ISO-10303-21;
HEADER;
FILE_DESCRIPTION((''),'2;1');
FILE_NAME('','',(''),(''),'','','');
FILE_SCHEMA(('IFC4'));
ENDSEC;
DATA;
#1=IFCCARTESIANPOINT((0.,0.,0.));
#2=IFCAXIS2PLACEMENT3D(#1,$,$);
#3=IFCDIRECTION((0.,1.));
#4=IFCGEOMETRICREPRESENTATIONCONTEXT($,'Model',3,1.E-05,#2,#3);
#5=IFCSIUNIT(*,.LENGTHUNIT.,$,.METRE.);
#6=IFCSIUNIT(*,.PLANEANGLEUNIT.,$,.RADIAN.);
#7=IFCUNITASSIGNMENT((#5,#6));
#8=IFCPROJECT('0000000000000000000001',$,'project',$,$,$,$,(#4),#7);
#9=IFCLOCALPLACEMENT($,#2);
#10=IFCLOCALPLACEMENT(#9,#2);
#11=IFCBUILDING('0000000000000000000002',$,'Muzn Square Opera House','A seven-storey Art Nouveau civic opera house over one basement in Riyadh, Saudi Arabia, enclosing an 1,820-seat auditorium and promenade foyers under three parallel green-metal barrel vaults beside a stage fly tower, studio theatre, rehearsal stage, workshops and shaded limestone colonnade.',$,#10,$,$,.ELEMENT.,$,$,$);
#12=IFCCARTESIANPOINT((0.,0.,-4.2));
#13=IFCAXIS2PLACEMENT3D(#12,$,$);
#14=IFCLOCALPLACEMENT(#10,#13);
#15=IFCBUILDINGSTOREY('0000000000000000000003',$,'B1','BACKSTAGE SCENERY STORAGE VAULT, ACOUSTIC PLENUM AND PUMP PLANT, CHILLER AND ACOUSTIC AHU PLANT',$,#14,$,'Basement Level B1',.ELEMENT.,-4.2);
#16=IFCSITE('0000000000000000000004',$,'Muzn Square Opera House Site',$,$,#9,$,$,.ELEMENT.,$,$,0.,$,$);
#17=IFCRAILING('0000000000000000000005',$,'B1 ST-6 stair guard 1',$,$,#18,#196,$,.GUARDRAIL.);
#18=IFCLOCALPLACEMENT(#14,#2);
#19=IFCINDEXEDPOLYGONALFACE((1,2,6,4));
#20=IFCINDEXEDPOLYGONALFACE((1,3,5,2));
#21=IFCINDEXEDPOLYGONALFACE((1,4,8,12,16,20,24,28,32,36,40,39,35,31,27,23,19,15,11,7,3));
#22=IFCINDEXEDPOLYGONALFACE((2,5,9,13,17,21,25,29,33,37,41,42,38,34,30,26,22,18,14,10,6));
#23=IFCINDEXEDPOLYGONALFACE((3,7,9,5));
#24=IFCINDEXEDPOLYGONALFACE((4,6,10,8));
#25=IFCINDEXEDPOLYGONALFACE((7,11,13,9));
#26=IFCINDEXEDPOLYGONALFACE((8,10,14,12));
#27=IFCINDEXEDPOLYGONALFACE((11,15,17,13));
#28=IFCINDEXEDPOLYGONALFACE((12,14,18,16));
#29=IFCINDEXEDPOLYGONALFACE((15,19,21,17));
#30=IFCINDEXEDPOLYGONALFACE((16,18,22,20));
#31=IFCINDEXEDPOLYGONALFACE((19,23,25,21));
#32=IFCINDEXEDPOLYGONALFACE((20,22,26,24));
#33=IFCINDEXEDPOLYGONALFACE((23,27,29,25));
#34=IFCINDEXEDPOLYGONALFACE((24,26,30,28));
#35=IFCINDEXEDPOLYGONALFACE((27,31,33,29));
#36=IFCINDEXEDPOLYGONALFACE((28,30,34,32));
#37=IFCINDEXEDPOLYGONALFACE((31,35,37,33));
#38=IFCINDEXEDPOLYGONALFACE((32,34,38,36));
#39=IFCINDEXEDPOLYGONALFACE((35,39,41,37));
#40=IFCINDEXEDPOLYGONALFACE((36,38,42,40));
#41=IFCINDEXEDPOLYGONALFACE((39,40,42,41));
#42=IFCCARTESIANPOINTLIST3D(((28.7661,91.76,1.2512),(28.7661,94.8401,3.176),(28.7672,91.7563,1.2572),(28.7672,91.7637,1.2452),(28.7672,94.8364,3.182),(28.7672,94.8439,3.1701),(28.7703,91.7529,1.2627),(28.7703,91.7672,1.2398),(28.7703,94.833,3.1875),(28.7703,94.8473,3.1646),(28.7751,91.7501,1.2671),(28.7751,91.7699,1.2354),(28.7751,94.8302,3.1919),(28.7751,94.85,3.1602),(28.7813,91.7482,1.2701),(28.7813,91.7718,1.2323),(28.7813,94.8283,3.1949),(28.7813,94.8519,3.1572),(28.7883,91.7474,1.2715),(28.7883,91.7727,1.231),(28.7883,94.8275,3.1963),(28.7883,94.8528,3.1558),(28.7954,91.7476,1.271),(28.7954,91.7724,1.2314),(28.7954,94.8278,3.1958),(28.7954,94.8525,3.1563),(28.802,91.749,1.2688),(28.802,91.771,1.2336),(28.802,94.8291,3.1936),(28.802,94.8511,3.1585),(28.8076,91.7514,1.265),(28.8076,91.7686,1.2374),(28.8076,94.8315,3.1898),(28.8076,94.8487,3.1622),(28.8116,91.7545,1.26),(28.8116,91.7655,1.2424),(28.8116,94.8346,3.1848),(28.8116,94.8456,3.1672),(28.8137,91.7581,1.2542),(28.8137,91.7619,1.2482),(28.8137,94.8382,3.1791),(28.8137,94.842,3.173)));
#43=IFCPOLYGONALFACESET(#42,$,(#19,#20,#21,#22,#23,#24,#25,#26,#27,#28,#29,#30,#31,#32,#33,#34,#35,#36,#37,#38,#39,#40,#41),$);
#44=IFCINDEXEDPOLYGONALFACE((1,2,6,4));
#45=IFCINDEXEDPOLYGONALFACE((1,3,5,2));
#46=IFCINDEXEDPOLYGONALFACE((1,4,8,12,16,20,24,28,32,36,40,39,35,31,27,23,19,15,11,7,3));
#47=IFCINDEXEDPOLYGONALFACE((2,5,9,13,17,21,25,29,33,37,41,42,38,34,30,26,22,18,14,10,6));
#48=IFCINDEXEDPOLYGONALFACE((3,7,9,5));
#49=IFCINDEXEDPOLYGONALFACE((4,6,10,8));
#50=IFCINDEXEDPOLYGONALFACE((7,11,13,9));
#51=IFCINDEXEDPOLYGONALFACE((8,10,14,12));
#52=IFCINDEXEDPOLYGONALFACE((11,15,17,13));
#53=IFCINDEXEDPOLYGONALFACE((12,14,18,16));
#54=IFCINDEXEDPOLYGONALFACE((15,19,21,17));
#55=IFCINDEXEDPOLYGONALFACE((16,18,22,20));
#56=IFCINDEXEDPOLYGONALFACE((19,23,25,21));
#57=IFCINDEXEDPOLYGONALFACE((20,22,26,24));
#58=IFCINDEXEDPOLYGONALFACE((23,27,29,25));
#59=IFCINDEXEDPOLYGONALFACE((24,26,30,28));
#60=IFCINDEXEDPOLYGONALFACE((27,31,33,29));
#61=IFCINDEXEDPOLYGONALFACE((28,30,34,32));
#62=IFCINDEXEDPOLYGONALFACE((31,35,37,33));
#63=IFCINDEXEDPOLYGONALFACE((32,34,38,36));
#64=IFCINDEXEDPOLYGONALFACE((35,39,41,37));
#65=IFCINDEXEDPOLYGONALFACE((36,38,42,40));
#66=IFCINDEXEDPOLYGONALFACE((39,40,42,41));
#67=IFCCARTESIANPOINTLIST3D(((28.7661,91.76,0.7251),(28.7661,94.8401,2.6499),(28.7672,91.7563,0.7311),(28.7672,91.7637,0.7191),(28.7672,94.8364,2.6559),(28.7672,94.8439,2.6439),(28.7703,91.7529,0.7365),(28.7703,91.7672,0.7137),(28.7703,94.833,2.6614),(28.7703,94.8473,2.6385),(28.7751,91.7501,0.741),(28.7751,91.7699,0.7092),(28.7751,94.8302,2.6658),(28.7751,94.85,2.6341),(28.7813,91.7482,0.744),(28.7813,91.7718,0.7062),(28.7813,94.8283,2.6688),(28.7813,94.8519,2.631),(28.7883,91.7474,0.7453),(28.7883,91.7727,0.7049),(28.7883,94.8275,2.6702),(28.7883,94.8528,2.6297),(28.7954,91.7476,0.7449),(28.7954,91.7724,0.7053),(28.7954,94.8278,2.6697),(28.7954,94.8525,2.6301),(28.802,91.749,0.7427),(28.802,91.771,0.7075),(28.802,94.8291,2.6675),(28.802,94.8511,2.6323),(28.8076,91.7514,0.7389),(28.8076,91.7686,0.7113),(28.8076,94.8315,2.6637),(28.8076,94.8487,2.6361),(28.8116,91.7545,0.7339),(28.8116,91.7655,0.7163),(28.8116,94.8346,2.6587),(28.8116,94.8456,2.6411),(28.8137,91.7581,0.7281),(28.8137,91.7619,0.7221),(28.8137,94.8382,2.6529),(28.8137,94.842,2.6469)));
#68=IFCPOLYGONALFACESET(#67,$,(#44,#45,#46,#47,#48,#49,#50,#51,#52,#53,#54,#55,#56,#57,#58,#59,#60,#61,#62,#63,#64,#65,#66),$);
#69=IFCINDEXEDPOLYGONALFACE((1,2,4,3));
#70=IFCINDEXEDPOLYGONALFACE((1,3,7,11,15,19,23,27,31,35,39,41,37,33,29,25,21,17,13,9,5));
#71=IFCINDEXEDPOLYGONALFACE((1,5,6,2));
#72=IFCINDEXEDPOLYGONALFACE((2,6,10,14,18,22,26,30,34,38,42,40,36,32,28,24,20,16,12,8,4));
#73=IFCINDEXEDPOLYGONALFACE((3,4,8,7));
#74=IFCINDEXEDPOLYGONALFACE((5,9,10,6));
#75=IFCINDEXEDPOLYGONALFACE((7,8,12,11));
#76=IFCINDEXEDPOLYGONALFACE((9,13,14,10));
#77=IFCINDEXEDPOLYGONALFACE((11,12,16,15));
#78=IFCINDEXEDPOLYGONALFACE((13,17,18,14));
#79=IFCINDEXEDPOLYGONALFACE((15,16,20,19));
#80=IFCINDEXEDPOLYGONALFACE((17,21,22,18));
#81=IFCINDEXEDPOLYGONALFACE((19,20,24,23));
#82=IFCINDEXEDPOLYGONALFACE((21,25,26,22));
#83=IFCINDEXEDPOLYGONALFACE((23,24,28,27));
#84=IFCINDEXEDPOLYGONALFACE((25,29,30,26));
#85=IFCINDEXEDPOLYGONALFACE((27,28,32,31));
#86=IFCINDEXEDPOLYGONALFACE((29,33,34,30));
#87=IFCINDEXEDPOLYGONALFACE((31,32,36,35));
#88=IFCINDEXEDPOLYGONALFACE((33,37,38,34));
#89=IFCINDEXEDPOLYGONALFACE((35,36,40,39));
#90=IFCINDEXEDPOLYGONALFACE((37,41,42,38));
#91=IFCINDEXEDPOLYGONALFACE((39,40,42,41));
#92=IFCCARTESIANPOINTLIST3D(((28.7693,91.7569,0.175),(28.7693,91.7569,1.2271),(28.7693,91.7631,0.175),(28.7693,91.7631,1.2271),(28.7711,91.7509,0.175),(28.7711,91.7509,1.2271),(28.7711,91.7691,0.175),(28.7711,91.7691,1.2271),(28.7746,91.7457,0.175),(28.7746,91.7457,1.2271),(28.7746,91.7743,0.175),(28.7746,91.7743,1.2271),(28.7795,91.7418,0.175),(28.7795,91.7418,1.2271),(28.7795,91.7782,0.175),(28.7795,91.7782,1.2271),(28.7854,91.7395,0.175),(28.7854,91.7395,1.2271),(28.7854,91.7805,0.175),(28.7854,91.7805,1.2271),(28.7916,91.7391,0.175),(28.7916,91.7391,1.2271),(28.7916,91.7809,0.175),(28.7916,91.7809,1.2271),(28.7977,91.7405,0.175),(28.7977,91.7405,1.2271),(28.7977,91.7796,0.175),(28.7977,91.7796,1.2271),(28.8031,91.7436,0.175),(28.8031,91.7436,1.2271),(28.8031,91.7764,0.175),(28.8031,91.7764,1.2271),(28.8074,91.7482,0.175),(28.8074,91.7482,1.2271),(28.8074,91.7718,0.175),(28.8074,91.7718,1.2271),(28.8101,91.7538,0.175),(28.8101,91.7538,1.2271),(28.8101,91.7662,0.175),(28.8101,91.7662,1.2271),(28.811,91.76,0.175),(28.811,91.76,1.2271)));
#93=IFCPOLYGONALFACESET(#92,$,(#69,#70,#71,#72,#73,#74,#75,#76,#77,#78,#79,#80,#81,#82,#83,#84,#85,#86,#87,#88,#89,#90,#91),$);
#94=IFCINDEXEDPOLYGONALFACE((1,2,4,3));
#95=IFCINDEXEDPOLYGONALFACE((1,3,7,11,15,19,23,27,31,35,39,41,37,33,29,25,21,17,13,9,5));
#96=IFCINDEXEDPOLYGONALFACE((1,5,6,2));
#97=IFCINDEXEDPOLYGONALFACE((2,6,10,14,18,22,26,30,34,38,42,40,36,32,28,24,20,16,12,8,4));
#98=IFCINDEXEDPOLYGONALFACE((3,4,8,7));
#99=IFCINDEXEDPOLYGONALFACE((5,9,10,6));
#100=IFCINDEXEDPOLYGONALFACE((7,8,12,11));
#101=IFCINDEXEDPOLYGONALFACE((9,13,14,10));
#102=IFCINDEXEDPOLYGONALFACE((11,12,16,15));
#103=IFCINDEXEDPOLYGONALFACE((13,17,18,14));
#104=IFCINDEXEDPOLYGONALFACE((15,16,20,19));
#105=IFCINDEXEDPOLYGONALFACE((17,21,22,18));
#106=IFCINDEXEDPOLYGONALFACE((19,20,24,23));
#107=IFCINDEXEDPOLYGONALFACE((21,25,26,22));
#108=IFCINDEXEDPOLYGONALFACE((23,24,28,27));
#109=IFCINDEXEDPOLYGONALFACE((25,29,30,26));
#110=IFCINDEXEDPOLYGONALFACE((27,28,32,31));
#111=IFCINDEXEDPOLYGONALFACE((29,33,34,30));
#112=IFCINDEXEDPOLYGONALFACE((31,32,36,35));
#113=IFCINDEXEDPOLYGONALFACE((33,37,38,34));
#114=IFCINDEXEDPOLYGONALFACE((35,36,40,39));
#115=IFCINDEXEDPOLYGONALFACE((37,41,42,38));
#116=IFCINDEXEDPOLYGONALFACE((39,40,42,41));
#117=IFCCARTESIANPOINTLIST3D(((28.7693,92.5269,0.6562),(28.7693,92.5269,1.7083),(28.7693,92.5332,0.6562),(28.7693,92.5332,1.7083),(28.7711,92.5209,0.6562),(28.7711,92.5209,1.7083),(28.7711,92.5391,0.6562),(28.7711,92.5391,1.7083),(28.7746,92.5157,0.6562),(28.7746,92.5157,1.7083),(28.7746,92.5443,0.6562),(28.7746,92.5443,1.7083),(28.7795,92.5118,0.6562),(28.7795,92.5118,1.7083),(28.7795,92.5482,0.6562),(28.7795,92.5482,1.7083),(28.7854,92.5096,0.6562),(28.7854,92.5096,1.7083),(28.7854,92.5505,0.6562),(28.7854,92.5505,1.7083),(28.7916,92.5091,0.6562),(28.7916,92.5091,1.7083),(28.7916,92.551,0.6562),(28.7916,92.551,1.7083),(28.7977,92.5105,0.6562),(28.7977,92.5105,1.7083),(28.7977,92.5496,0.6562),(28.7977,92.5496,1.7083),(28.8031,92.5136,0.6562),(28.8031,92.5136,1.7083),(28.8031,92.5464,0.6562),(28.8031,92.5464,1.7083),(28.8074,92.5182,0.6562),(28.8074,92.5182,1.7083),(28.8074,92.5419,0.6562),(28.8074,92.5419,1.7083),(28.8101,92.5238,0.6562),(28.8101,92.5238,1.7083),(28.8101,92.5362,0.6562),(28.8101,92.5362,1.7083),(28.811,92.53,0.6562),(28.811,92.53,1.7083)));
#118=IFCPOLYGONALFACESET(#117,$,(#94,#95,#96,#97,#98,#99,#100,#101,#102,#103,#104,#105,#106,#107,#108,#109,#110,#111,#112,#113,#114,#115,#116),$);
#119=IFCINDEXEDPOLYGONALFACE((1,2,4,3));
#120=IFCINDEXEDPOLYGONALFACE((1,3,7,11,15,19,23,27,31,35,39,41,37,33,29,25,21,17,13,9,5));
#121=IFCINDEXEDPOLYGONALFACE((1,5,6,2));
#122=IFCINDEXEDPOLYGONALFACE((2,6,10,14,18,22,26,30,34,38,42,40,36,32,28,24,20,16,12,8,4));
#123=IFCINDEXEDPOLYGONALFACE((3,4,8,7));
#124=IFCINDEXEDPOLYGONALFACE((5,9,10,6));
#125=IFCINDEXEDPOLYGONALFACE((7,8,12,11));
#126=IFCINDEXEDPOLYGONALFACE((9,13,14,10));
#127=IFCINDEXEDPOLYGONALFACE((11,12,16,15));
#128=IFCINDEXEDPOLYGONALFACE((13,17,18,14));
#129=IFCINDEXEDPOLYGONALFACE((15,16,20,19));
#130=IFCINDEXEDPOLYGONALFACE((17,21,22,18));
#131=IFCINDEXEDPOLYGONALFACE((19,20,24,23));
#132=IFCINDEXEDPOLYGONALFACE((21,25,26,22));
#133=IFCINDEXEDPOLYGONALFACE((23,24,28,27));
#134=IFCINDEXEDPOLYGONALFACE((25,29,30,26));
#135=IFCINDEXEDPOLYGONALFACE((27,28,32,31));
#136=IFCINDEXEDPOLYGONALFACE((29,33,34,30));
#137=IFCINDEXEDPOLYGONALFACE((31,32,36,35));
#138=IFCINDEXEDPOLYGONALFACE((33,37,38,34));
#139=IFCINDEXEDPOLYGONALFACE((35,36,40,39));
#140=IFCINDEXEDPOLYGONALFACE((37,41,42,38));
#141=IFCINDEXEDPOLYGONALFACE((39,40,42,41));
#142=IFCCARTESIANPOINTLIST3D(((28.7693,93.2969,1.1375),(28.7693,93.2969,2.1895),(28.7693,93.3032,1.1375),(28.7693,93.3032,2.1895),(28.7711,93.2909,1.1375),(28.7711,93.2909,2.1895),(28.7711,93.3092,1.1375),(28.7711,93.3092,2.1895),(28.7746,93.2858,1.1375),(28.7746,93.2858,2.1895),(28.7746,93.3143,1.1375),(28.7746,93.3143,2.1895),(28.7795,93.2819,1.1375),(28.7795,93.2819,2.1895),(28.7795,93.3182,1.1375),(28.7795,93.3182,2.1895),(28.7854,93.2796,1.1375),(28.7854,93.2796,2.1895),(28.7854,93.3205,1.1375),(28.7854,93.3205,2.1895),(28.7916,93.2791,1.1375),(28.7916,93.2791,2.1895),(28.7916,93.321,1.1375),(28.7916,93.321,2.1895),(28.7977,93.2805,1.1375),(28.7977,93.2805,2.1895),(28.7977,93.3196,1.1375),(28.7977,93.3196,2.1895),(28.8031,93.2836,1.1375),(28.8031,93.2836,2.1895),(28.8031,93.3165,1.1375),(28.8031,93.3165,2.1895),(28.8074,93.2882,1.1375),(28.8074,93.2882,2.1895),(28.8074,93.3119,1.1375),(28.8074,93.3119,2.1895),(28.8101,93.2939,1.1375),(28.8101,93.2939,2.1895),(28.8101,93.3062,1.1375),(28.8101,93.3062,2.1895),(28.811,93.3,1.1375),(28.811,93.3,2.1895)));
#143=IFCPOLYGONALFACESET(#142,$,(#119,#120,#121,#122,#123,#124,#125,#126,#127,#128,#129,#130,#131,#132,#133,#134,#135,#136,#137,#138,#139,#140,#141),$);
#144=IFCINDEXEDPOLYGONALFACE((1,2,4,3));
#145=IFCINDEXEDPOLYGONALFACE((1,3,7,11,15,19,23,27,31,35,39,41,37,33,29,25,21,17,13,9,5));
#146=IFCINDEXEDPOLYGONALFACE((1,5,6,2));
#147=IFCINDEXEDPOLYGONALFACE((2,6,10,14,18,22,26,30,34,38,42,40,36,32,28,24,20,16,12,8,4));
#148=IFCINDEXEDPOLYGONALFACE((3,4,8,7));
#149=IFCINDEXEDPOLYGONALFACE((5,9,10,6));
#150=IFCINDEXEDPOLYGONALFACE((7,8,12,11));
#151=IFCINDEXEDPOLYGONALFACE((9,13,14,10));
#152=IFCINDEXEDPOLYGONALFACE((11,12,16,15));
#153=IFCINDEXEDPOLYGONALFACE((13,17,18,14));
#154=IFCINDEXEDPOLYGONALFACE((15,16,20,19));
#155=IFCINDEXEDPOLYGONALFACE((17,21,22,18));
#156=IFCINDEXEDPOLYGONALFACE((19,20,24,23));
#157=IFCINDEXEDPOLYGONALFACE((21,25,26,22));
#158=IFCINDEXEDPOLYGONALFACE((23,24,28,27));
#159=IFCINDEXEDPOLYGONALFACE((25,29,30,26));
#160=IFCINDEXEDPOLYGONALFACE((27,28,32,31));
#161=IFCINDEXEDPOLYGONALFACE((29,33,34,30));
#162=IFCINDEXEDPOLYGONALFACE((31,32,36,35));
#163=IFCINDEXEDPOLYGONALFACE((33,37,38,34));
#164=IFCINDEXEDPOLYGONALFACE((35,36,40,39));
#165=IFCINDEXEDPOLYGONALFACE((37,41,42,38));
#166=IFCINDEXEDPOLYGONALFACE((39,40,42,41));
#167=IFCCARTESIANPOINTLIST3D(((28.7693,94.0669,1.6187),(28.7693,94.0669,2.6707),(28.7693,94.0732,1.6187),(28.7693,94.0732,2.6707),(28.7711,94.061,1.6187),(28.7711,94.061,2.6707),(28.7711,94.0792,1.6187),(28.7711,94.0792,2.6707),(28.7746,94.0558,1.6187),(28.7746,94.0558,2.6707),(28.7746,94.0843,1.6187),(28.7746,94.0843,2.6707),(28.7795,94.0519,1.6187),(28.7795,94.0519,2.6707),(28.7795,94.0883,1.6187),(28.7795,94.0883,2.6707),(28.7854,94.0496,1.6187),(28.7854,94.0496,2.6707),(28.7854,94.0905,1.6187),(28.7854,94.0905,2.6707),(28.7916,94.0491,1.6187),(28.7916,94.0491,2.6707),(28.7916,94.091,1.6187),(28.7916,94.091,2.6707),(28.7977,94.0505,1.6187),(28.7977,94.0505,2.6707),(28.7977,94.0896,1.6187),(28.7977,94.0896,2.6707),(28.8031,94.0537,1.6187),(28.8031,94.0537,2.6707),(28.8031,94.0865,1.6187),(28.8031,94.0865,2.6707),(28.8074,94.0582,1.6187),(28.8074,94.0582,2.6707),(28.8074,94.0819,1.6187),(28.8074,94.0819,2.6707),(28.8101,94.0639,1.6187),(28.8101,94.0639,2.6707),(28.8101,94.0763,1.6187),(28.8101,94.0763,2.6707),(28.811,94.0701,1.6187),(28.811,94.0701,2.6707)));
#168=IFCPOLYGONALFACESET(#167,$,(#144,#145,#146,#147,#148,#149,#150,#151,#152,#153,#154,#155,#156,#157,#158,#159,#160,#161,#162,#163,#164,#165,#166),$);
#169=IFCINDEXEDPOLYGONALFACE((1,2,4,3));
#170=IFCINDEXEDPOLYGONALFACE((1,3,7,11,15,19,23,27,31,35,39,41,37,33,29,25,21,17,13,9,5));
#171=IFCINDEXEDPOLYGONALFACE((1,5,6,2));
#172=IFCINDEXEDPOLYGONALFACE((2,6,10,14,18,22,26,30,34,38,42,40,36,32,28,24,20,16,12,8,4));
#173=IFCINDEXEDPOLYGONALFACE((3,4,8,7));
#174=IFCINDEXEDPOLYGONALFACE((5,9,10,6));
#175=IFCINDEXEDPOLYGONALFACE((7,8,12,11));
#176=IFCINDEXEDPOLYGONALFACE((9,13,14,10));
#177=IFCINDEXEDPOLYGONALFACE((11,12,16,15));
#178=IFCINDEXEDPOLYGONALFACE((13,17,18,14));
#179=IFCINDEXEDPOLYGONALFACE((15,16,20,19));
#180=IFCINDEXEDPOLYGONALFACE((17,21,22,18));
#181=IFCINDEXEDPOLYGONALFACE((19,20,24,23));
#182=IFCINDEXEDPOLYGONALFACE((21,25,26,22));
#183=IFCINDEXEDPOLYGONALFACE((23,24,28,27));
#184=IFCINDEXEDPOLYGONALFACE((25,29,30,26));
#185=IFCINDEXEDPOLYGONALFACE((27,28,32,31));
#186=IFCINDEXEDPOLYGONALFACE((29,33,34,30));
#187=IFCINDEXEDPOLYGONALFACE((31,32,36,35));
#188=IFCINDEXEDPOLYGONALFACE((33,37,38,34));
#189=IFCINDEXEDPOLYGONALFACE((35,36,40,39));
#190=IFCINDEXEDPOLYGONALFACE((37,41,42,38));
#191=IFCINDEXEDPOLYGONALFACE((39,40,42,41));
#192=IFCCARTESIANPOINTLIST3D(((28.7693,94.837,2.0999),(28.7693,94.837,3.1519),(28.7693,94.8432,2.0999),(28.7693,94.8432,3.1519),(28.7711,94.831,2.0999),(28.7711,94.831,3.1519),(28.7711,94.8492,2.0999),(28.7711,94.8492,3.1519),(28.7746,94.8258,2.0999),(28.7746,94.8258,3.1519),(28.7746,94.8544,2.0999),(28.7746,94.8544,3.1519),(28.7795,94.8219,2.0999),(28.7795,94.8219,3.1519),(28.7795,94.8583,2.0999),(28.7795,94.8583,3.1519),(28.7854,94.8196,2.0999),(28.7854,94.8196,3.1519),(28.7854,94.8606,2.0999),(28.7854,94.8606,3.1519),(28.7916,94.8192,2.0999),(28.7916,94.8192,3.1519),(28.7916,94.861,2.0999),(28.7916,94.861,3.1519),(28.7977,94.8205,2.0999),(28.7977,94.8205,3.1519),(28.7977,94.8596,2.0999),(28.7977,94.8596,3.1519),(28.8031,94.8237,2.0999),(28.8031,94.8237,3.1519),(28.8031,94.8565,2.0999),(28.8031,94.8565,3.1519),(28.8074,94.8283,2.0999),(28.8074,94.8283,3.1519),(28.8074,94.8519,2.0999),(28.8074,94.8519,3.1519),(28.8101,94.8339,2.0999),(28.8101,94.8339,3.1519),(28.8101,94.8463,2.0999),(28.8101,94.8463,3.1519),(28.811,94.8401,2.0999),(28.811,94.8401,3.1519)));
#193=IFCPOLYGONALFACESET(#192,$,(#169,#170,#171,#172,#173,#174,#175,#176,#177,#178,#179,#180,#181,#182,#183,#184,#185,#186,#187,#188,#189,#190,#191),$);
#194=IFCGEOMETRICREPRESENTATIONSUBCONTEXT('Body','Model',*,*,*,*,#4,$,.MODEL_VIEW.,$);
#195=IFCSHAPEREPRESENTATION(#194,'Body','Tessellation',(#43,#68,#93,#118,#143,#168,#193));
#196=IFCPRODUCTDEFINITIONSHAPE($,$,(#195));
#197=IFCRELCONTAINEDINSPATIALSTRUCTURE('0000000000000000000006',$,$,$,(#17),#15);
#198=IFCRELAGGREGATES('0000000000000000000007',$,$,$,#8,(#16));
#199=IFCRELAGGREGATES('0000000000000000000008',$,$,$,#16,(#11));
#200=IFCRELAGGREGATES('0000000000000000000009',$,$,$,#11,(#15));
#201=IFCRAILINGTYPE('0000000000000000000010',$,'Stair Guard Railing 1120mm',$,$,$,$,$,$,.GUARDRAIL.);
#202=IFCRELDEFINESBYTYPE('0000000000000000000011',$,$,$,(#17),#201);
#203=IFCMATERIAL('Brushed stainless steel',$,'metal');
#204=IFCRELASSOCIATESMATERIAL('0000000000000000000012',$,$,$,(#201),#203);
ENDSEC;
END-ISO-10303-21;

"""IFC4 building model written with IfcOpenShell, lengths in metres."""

from ifc_helpers import new_model, si_unit, direction, frame, origin, origin_2d, place, context, subcontext, project, spatial, circle, extrude, material, type_object, element, save


model = new_model("IFC4")

# Units and contexts
model_context = context("Model", 3, precision=1e-05, world=origin(), true_north=direction((0.0, 1.0)))
body_context = subcontext(model_context, "Body", "Model", "MODEL_VIEW")
ifc_project = project(units=[si_unit("LENGTHUNIT", "METRE"), si_unit("PLANEANGLEUNIT", "RADIAN")], contexts=[model_context])

# Site, building, storey
site_placement = place(None, origin())
site = spatial("IfcSite", under=ifc_project, at=site_placement, Name="Muzn Square Opera House Site", CompositionType="ELEMENT", RefElevation=0.0)
building_placement = place(site_placement, origin())
building = spatial("IfcBuilding", under=site, at=building_placement, Name="Muzn Square Opera House", Description="A seven-storey Art Nouveau civic opera house over one basement in Riyadh, Saudi Arabia, enclosing an 1,820-seat auditorium and promenade foyers under three parallel green-metal barrel vaults beside a stage fly tower, studio theatre, rehearsal stage, workshops and shaded limestone colonnade.", CompositionType="ELEMENT")
storey_placement = place(building_placement, frame((0.0, 0.0, -4.2)))
storey = spatial("IfcBuildingStorey", under=building, at=storey_placement, Name="B1", Description="BACKSTAGE SCENERY STORAGE VAULT, ACOUSTIC PLENUM AND PUMP PLANT, CHILLER AND ACOUSTIC AHU PLANT", LongName="Basement Level B1", CompositionType="ELEMENT", Elevation=-4.2)

# Railing
ifc_material_1 = material(Name="Brushed stainless steel", Category="metal")
railing_type_1 = type_object("IfcRailingType", Name="Stair Guard Railing 1120mm", PredefinedType="GUARDRAIL", material=ifc_material_1)
railing_1_placement = place(storey_placement, frame((28.79, 91.76, 0.175)))
element("IfcRailing", 1, at=railing_1_placement, inside=storey, type_object=railing_type_1, Name="B1 ST-6 stair guard 1", PredefinedType="GUARDRAIL", context=body_context, shape_type="SweptSolid", body=[
    extrude(circle(Radius=0.0239, at=origin_2d()), frame((0.0, 0.0, 1.0762), z_axis=(0.0, 0.848029, 0.529951), x_axis=(-1.0, 0.0, 0.0)), (0.0, 0.0, 1.0), 3.6321),
    extrude(circle(Radius=0.0239, at=origin_2d()), frame((0.0, 0.0, 0.55), z_axis=(0.0, 0.848029, 0.529951), x_axis=(-1.0, 0.0, 0.0)), (0.0, 0.0, 1.0), 3.6321),
    extrude(circle(Radius=0.021, at=origin_2d()), origin(), (0.0, 0.0, 1.0), 1.052),
    extrude(circle(Radius=0.021, at=origin_2d()), frame((0.0, 0.77, 0.4812)), (0.0, 0.0, 1.0), 1.052),
    extrude(circle(Radius=0.021, at=origin_2d()), frame((0.0, 1.54, 0.9624)), (0.0, 0.0, 1.0), 1.052),
    extrude(circle(Radius=0.021, at=origin_2d()), frame((0.0, 2.3101, 1.4436)), (0.0, 0.0, 1.0), 1.052),
    extrude(circle(Radius=0.021, at=origin_2d()), frame((0.0, 3.0801, 1.9248)), (0.0, 0.0, 1.0), 1.052),
])

save(model, "model.ifc")
